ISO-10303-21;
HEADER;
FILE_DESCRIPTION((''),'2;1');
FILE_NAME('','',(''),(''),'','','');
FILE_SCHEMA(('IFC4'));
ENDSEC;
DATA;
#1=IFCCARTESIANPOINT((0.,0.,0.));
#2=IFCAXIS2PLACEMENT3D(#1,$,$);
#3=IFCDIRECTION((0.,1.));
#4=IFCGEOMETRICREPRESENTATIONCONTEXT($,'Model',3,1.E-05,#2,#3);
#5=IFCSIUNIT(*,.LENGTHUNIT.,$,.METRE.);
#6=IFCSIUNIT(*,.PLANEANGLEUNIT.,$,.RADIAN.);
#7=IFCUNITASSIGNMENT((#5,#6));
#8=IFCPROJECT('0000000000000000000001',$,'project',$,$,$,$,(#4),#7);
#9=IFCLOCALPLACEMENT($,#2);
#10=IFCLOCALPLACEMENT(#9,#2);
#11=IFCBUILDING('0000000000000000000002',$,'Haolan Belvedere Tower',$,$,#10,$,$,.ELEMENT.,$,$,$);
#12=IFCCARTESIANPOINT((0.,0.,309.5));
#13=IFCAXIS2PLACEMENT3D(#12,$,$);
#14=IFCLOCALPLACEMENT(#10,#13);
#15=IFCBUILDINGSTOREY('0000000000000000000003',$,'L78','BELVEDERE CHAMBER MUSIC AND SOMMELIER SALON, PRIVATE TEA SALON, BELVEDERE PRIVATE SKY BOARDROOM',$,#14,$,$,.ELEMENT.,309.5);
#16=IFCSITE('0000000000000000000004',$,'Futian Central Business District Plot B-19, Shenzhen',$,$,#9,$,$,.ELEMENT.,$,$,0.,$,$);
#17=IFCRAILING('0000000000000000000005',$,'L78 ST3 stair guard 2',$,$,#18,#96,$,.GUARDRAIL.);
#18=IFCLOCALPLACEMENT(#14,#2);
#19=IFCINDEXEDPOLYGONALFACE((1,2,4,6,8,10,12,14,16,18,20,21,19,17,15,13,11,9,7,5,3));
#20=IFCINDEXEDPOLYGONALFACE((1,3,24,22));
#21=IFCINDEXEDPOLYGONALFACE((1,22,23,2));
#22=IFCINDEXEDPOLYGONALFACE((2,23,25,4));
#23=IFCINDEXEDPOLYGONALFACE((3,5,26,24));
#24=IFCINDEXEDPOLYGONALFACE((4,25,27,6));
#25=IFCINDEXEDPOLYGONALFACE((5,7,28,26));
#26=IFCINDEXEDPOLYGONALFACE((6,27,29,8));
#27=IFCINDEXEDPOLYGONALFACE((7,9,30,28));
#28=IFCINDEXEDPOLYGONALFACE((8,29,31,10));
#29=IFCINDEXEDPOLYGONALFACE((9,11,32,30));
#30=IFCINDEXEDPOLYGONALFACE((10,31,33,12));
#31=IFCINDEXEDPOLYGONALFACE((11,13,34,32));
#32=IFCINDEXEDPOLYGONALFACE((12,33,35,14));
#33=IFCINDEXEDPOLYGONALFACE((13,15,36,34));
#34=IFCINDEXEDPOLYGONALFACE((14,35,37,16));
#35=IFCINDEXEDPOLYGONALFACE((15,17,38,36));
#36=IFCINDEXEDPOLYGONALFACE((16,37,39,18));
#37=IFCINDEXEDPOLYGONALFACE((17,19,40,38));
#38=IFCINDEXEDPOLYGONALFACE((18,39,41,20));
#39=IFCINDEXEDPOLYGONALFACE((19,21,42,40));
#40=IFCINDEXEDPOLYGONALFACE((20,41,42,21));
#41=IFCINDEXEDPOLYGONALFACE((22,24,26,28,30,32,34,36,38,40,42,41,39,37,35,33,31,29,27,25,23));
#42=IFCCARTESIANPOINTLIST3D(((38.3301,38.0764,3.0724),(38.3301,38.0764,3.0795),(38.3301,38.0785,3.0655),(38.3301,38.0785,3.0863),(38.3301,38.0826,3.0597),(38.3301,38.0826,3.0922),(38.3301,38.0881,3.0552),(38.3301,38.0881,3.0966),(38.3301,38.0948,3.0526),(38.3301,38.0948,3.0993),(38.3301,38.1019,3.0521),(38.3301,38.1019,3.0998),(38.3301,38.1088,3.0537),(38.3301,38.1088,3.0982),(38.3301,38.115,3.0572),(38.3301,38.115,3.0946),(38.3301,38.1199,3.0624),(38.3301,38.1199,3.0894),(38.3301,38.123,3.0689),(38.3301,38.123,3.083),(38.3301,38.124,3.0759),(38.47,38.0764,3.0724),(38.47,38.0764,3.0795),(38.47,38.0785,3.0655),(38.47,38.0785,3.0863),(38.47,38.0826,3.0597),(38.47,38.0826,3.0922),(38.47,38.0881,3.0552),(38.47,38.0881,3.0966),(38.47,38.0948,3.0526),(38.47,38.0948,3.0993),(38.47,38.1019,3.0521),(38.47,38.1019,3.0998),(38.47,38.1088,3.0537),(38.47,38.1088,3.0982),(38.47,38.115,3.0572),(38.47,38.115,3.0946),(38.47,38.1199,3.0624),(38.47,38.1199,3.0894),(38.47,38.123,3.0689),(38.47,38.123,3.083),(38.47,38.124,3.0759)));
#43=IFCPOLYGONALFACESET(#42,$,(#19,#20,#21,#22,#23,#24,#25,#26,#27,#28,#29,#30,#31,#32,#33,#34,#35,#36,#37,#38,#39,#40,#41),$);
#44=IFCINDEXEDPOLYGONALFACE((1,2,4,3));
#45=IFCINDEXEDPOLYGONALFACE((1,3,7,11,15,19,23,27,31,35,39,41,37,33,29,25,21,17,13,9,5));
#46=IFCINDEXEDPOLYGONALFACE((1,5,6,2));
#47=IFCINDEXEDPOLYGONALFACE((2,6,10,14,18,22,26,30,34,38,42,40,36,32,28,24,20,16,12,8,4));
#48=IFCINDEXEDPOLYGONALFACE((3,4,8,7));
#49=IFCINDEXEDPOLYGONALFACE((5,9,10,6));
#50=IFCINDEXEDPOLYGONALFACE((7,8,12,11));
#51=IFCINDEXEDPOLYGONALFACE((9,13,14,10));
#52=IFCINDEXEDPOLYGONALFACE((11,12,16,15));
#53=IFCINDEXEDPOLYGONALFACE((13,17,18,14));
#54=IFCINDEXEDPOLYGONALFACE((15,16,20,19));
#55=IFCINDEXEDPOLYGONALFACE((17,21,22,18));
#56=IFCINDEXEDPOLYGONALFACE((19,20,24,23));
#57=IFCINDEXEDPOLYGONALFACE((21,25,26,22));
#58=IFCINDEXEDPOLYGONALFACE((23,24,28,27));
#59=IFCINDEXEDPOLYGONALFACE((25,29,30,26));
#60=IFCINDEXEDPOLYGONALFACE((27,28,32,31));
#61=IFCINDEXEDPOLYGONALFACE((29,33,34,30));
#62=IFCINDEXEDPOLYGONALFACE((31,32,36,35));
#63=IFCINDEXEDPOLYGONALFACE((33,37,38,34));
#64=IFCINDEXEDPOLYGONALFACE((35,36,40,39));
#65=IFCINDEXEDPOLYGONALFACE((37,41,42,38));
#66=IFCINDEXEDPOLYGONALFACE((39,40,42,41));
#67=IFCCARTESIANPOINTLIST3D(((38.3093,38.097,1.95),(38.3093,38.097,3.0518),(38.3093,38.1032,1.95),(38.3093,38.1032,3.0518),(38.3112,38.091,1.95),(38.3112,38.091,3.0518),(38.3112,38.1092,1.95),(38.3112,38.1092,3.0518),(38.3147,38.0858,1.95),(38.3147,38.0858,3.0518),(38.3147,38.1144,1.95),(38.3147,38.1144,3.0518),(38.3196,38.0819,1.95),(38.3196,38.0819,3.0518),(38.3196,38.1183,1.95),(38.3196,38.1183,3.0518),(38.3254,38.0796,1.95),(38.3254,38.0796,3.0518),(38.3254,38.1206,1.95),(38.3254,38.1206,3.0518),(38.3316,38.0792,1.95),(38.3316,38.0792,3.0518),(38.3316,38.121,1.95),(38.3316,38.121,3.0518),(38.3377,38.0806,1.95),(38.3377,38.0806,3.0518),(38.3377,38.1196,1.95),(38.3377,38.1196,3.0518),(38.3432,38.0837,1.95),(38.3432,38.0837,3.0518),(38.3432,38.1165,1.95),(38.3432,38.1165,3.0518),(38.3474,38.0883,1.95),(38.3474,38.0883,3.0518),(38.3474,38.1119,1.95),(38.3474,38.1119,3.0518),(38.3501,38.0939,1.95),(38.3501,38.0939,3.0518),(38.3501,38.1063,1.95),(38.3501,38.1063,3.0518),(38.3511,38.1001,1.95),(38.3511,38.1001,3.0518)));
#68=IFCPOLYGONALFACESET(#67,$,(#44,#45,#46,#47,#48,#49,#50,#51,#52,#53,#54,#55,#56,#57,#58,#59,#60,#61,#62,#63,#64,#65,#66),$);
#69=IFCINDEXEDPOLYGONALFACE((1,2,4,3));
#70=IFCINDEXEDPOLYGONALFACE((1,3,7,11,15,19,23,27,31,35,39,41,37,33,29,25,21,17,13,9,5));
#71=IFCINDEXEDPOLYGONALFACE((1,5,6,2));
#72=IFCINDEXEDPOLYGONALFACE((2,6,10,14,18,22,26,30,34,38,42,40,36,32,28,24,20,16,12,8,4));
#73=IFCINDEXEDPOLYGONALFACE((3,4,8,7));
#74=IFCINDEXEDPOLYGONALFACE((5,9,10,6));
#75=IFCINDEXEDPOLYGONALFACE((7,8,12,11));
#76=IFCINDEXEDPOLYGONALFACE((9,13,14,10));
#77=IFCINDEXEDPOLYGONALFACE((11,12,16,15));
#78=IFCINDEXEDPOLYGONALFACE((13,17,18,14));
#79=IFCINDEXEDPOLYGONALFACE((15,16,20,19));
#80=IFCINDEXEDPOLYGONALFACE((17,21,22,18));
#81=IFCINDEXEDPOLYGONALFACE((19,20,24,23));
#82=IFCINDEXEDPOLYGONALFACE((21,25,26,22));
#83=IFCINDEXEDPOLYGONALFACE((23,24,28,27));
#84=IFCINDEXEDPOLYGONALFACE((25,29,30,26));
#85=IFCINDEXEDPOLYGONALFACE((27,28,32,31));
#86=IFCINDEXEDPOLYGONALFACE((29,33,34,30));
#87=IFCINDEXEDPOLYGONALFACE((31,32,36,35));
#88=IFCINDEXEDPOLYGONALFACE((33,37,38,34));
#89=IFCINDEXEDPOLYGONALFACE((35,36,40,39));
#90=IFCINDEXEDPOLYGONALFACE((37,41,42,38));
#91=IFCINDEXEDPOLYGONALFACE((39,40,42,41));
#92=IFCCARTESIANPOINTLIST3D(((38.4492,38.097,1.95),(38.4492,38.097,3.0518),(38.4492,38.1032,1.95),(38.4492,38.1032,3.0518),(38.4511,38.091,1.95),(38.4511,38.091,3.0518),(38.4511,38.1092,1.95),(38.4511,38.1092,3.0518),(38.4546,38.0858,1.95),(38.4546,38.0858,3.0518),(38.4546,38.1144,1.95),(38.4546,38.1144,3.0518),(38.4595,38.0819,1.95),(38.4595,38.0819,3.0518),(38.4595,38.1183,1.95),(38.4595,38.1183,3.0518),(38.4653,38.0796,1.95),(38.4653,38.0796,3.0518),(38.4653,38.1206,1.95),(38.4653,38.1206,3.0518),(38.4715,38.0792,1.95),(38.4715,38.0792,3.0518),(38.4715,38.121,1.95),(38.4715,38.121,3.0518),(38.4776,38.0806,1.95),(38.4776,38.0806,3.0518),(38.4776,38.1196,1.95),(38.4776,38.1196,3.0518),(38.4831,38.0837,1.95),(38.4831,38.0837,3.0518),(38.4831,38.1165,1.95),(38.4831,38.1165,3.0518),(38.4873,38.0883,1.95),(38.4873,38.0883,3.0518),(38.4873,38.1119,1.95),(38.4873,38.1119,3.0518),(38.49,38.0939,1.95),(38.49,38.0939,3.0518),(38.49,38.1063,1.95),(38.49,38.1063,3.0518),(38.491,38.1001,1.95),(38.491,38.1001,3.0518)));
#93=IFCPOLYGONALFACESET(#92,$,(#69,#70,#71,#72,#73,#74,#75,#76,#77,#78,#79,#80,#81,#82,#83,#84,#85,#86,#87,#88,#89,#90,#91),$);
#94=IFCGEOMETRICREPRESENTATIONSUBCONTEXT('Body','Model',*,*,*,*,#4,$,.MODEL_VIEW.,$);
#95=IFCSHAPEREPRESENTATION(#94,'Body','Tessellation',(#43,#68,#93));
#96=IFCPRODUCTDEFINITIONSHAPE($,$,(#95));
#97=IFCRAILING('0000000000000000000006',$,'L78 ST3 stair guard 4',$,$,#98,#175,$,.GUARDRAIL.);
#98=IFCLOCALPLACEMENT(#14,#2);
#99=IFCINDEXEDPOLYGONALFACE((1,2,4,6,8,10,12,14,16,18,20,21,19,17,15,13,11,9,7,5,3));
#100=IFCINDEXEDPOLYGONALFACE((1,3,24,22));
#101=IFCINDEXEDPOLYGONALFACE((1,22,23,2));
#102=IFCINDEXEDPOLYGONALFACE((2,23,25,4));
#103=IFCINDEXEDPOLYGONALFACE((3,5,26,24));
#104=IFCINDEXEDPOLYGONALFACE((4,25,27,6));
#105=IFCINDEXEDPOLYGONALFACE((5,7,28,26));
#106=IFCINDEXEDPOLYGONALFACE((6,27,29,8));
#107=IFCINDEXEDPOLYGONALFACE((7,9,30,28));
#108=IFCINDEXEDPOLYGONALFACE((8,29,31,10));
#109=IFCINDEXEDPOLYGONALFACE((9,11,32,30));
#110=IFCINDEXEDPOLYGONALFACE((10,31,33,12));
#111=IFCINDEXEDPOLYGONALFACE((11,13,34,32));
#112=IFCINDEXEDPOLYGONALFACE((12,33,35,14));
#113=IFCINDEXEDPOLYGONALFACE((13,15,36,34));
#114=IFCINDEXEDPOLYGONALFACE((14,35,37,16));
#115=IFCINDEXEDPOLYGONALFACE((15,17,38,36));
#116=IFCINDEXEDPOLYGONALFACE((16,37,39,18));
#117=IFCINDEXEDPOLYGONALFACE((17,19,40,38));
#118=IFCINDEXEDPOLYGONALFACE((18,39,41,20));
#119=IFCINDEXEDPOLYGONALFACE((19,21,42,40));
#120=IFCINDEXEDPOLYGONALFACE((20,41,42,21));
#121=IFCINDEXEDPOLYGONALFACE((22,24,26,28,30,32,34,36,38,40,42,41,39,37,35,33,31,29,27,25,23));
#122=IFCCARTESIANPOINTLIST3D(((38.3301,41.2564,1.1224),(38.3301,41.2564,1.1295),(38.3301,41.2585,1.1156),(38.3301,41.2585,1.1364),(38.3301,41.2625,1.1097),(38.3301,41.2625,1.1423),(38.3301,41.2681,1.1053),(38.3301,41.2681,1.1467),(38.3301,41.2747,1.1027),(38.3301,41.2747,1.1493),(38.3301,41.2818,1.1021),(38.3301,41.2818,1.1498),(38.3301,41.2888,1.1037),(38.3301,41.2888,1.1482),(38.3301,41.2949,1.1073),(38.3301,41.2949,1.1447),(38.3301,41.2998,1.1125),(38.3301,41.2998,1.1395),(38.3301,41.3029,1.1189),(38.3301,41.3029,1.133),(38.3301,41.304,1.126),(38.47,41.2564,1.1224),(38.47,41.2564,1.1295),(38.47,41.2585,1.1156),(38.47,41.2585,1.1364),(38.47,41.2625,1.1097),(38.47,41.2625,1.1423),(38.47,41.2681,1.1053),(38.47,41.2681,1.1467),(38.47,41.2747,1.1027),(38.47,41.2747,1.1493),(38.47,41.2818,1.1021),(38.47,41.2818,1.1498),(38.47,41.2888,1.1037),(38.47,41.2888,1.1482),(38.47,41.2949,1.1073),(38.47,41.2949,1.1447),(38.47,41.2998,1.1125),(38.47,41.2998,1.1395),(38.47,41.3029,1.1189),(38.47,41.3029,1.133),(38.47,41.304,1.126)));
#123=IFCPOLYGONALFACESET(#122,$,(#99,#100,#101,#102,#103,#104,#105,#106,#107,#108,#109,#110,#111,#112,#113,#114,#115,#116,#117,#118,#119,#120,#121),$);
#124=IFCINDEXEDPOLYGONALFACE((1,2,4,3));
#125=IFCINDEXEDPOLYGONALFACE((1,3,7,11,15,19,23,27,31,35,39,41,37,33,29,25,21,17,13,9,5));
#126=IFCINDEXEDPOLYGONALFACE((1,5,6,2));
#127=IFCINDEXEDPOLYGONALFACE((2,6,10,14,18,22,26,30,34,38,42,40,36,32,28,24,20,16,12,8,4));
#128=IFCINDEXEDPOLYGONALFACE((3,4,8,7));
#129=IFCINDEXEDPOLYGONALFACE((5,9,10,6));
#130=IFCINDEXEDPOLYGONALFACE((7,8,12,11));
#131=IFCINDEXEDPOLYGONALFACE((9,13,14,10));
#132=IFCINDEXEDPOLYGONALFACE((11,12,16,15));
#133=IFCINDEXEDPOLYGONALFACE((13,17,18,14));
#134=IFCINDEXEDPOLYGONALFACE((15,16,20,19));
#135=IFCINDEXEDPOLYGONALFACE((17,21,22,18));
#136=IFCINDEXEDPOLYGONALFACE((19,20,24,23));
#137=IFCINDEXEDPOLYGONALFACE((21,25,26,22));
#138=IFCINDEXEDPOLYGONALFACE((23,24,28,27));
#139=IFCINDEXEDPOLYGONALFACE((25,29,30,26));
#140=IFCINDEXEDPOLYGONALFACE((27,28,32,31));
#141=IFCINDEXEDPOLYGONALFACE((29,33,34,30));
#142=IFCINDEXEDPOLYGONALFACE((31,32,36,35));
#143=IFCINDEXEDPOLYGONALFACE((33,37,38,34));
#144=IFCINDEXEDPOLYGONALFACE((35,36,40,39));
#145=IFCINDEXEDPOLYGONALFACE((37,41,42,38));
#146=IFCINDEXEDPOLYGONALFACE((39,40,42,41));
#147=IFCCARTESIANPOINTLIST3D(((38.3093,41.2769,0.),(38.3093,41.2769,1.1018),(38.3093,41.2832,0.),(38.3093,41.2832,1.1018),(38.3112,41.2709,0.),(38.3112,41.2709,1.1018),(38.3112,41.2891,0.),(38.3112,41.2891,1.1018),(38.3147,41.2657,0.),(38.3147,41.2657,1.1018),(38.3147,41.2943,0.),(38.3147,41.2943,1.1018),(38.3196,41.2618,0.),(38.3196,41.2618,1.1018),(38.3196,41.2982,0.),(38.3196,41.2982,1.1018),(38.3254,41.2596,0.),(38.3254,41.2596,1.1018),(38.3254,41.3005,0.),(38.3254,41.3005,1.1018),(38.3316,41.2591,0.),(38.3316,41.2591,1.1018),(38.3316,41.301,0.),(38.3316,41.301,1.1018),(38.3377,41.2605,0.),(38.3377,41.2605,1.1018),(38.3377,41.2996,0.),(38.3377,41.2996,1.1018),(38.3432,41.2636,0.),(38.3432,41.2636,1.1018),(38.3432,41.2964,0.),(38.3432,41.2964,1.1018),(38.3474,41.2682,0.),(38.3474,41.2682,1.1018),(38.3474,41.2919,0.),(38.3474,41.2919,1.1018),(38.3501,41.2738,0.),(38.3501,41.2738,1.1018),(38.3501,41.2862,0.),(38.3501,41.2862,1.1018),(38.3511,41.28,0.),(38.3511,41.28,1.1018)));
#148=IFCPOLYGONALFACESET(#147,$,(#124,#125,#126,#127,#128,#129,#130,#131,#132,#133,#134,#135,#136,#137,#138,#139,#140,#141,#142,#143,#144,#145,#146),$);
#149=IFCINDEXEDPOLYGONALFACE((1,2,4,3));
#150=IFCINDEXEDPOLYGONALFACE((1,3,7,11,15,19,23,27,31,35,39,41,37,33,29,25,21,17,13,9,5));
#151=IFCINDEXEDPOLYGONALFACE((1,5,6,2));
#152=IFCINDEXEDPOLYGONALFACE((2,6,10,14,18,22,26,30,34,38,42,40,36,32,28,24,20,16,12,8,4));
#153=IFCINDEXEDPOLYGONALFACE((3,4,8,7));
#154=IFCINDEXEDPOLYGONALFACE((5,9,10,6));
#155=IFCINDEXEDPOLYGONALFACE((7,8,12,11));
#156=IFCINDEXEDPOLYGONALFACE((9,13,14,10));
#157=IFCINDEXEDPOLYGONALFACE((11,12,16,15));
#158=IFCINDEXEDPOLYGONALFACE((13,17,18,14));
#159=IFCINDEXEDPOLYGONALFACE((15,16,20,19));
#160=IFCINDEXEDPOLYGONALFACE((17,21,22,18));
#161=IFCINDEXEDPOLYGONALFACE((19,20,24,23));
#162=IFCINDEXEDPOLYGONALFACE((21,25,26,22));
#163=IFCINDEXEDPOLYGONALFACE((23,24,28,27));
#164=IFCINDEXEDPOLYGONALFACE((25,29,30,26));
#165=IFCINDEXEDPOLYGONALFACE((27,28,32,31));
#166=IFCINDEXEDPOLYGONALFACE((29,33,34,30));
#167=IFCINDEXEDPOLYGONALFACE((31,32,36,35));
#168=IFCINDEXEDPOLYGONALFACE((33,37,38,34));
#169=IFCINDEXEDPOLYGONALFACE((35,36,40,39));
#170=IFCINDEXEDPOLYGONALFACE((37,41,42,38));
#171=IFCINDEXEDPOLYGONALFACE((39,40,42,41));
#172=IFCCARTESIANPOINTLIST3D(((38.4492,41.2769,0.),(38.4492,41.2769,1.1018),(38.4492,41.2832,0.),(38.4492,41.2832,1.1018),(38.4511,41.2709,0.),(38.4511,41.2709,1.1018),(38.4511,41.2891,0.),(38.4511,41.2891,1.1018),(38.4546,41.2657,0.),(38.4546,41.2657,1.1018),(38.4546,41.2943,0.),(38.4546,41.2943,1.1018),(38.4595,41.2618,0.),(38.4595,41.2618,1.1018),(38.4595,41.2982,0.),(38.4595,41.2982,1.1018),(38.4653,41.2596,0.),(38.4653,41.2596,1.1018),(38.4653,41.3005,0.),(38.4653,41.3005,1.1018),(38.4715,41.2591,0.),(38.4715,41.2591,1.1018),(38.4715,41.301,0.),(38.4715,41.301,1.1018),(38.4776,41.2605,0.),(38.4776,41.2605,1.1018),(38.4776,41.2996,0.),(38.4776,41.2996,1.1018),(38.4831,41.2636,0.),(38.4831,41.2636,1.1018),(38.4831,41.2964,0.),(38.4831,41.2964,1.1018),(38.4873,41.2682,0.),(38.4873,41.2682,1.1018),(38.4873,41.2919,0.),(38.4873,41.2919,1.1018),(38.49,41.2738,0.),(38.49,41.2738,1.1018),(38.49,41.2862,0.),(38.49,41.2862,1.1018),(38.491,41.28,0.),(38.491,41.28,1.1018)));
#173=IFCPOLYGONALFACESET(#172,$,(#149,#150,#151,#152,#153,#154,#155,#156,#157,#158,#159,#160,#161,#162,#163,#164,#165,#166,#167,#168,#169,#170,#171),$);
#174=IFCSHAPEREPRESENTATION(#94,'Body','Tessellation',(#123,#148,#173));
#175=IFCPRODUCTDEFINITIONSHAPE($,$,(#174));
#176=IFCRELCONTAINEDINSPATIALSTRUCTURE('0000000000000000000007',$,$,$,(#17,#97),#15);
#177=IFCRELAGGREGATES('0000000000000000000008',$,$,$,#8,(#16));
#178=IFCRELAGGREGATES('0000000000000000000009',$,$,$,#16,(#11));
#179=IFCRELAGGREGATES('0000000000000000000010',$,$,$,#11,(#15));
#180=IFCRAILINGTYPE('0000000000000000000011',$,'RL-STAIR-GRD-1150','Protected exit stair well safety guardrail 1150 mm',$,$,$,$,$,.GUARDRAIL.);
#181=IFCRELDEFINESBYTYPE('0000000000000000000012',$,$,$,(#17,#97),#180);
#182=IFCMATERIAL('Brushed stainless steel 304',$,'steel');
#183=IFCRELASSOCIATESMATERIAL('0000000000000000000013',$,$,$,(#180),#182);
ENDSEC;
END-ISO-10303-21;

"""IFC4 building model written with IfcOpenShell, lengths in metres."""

from ifc_helpers import new_model, si_unit, direction, frame, origin, origin_2d, place, context, subcontext, project, spatial, circle, extrude, material, type_object, element, save


model = new_model("IFC4")

# Units and contexts
model_context = context("Model", 3, precision=1e-05, world=origin(), true_north=direction((0.0, 1.0)))
body_context = subcontext(model_context, "Body", "Model", "MODEL_VIEW")
ifc_project = project(units=[si_unit("LENGTHUNIT", "METRE"), si_unit("PLANEANGLEUNIT", "RADIAN")], contexts=[model_context])

# Site, building, storey
site_placement = place(None, origin())
site = spatial("IfcSite", under=ifc_project, at=site_placement, Name="Futian Central Business District Plot B-19, Shenzhen", CompositionType="ELEMENT", RefElevation=0.0)
building_placement = place(site_placement, origin())
building = spatial("IfcBuilding", under=site, at=building_placement, Name="Haolan Belvedere Tower", CompositionType="ELEMENT")
storey_placement = place(building_placement, frame((0.0, 0.0, 309.5)))
storey = spatial("IfcBuildingStorey", under=building, at=storey_placement, Name="L78", Description="BELVEDERE CHAMBER MUSIC AND SOMMELIER SALON, PRIVATE TEA SALON, BELVEDERE PRIVATE SKY BOARDROOM", CompositionType="ELEMENT", Elevation=309.5)

# Railings
ifc_material_1 = material(Name="Brushed stainless steel 304", Category="steel")
railing_type_1 = type_object("IfcRailingType", Name="RL-STAIR-GRD-1150", Description="Protected exit stair well safety guardrail 1150 mm", PredefinedType="GUARDRAIL", material=ifc_material_1)
for number, where, name in (
    (1, (38.3301, 38.1001, 1.95), "L78 ST3 stair guard 2"),
    (2, (38.3301, 41.28, 0.0), "L78 ST3 stair guard 4"),
):
    element("IfcRailing", number, at=place(storey_placement, frame(where)), inside=storey, type_object=railing_type_1, Name=name, PredefinedType="GUARDRAIL", context=body_context, shape_type="SweptSolid", body=[
        extrude(circle(Radius=0.0239, at=origin_2d()), frame((0.0, 0.0, 1.126), z_axis=(1.0, 0.0, 0.0), x_axis=(0.0, 1.0, 0.0)), (0.0, 0.0, 1.0), 0.1399),
        extrude(circle(Radius=0.021, at=origin_2d()), origin(), (0.0, 0.0, 1.0), 1.1018),
        extrude(circle(Radius=0.021, at=origin_2d()), frame((0.1399, 0.0, 0.0)), (0.0, 0.0, 1.0), 1.1018),
    ])

save(model, "model.ifc")
